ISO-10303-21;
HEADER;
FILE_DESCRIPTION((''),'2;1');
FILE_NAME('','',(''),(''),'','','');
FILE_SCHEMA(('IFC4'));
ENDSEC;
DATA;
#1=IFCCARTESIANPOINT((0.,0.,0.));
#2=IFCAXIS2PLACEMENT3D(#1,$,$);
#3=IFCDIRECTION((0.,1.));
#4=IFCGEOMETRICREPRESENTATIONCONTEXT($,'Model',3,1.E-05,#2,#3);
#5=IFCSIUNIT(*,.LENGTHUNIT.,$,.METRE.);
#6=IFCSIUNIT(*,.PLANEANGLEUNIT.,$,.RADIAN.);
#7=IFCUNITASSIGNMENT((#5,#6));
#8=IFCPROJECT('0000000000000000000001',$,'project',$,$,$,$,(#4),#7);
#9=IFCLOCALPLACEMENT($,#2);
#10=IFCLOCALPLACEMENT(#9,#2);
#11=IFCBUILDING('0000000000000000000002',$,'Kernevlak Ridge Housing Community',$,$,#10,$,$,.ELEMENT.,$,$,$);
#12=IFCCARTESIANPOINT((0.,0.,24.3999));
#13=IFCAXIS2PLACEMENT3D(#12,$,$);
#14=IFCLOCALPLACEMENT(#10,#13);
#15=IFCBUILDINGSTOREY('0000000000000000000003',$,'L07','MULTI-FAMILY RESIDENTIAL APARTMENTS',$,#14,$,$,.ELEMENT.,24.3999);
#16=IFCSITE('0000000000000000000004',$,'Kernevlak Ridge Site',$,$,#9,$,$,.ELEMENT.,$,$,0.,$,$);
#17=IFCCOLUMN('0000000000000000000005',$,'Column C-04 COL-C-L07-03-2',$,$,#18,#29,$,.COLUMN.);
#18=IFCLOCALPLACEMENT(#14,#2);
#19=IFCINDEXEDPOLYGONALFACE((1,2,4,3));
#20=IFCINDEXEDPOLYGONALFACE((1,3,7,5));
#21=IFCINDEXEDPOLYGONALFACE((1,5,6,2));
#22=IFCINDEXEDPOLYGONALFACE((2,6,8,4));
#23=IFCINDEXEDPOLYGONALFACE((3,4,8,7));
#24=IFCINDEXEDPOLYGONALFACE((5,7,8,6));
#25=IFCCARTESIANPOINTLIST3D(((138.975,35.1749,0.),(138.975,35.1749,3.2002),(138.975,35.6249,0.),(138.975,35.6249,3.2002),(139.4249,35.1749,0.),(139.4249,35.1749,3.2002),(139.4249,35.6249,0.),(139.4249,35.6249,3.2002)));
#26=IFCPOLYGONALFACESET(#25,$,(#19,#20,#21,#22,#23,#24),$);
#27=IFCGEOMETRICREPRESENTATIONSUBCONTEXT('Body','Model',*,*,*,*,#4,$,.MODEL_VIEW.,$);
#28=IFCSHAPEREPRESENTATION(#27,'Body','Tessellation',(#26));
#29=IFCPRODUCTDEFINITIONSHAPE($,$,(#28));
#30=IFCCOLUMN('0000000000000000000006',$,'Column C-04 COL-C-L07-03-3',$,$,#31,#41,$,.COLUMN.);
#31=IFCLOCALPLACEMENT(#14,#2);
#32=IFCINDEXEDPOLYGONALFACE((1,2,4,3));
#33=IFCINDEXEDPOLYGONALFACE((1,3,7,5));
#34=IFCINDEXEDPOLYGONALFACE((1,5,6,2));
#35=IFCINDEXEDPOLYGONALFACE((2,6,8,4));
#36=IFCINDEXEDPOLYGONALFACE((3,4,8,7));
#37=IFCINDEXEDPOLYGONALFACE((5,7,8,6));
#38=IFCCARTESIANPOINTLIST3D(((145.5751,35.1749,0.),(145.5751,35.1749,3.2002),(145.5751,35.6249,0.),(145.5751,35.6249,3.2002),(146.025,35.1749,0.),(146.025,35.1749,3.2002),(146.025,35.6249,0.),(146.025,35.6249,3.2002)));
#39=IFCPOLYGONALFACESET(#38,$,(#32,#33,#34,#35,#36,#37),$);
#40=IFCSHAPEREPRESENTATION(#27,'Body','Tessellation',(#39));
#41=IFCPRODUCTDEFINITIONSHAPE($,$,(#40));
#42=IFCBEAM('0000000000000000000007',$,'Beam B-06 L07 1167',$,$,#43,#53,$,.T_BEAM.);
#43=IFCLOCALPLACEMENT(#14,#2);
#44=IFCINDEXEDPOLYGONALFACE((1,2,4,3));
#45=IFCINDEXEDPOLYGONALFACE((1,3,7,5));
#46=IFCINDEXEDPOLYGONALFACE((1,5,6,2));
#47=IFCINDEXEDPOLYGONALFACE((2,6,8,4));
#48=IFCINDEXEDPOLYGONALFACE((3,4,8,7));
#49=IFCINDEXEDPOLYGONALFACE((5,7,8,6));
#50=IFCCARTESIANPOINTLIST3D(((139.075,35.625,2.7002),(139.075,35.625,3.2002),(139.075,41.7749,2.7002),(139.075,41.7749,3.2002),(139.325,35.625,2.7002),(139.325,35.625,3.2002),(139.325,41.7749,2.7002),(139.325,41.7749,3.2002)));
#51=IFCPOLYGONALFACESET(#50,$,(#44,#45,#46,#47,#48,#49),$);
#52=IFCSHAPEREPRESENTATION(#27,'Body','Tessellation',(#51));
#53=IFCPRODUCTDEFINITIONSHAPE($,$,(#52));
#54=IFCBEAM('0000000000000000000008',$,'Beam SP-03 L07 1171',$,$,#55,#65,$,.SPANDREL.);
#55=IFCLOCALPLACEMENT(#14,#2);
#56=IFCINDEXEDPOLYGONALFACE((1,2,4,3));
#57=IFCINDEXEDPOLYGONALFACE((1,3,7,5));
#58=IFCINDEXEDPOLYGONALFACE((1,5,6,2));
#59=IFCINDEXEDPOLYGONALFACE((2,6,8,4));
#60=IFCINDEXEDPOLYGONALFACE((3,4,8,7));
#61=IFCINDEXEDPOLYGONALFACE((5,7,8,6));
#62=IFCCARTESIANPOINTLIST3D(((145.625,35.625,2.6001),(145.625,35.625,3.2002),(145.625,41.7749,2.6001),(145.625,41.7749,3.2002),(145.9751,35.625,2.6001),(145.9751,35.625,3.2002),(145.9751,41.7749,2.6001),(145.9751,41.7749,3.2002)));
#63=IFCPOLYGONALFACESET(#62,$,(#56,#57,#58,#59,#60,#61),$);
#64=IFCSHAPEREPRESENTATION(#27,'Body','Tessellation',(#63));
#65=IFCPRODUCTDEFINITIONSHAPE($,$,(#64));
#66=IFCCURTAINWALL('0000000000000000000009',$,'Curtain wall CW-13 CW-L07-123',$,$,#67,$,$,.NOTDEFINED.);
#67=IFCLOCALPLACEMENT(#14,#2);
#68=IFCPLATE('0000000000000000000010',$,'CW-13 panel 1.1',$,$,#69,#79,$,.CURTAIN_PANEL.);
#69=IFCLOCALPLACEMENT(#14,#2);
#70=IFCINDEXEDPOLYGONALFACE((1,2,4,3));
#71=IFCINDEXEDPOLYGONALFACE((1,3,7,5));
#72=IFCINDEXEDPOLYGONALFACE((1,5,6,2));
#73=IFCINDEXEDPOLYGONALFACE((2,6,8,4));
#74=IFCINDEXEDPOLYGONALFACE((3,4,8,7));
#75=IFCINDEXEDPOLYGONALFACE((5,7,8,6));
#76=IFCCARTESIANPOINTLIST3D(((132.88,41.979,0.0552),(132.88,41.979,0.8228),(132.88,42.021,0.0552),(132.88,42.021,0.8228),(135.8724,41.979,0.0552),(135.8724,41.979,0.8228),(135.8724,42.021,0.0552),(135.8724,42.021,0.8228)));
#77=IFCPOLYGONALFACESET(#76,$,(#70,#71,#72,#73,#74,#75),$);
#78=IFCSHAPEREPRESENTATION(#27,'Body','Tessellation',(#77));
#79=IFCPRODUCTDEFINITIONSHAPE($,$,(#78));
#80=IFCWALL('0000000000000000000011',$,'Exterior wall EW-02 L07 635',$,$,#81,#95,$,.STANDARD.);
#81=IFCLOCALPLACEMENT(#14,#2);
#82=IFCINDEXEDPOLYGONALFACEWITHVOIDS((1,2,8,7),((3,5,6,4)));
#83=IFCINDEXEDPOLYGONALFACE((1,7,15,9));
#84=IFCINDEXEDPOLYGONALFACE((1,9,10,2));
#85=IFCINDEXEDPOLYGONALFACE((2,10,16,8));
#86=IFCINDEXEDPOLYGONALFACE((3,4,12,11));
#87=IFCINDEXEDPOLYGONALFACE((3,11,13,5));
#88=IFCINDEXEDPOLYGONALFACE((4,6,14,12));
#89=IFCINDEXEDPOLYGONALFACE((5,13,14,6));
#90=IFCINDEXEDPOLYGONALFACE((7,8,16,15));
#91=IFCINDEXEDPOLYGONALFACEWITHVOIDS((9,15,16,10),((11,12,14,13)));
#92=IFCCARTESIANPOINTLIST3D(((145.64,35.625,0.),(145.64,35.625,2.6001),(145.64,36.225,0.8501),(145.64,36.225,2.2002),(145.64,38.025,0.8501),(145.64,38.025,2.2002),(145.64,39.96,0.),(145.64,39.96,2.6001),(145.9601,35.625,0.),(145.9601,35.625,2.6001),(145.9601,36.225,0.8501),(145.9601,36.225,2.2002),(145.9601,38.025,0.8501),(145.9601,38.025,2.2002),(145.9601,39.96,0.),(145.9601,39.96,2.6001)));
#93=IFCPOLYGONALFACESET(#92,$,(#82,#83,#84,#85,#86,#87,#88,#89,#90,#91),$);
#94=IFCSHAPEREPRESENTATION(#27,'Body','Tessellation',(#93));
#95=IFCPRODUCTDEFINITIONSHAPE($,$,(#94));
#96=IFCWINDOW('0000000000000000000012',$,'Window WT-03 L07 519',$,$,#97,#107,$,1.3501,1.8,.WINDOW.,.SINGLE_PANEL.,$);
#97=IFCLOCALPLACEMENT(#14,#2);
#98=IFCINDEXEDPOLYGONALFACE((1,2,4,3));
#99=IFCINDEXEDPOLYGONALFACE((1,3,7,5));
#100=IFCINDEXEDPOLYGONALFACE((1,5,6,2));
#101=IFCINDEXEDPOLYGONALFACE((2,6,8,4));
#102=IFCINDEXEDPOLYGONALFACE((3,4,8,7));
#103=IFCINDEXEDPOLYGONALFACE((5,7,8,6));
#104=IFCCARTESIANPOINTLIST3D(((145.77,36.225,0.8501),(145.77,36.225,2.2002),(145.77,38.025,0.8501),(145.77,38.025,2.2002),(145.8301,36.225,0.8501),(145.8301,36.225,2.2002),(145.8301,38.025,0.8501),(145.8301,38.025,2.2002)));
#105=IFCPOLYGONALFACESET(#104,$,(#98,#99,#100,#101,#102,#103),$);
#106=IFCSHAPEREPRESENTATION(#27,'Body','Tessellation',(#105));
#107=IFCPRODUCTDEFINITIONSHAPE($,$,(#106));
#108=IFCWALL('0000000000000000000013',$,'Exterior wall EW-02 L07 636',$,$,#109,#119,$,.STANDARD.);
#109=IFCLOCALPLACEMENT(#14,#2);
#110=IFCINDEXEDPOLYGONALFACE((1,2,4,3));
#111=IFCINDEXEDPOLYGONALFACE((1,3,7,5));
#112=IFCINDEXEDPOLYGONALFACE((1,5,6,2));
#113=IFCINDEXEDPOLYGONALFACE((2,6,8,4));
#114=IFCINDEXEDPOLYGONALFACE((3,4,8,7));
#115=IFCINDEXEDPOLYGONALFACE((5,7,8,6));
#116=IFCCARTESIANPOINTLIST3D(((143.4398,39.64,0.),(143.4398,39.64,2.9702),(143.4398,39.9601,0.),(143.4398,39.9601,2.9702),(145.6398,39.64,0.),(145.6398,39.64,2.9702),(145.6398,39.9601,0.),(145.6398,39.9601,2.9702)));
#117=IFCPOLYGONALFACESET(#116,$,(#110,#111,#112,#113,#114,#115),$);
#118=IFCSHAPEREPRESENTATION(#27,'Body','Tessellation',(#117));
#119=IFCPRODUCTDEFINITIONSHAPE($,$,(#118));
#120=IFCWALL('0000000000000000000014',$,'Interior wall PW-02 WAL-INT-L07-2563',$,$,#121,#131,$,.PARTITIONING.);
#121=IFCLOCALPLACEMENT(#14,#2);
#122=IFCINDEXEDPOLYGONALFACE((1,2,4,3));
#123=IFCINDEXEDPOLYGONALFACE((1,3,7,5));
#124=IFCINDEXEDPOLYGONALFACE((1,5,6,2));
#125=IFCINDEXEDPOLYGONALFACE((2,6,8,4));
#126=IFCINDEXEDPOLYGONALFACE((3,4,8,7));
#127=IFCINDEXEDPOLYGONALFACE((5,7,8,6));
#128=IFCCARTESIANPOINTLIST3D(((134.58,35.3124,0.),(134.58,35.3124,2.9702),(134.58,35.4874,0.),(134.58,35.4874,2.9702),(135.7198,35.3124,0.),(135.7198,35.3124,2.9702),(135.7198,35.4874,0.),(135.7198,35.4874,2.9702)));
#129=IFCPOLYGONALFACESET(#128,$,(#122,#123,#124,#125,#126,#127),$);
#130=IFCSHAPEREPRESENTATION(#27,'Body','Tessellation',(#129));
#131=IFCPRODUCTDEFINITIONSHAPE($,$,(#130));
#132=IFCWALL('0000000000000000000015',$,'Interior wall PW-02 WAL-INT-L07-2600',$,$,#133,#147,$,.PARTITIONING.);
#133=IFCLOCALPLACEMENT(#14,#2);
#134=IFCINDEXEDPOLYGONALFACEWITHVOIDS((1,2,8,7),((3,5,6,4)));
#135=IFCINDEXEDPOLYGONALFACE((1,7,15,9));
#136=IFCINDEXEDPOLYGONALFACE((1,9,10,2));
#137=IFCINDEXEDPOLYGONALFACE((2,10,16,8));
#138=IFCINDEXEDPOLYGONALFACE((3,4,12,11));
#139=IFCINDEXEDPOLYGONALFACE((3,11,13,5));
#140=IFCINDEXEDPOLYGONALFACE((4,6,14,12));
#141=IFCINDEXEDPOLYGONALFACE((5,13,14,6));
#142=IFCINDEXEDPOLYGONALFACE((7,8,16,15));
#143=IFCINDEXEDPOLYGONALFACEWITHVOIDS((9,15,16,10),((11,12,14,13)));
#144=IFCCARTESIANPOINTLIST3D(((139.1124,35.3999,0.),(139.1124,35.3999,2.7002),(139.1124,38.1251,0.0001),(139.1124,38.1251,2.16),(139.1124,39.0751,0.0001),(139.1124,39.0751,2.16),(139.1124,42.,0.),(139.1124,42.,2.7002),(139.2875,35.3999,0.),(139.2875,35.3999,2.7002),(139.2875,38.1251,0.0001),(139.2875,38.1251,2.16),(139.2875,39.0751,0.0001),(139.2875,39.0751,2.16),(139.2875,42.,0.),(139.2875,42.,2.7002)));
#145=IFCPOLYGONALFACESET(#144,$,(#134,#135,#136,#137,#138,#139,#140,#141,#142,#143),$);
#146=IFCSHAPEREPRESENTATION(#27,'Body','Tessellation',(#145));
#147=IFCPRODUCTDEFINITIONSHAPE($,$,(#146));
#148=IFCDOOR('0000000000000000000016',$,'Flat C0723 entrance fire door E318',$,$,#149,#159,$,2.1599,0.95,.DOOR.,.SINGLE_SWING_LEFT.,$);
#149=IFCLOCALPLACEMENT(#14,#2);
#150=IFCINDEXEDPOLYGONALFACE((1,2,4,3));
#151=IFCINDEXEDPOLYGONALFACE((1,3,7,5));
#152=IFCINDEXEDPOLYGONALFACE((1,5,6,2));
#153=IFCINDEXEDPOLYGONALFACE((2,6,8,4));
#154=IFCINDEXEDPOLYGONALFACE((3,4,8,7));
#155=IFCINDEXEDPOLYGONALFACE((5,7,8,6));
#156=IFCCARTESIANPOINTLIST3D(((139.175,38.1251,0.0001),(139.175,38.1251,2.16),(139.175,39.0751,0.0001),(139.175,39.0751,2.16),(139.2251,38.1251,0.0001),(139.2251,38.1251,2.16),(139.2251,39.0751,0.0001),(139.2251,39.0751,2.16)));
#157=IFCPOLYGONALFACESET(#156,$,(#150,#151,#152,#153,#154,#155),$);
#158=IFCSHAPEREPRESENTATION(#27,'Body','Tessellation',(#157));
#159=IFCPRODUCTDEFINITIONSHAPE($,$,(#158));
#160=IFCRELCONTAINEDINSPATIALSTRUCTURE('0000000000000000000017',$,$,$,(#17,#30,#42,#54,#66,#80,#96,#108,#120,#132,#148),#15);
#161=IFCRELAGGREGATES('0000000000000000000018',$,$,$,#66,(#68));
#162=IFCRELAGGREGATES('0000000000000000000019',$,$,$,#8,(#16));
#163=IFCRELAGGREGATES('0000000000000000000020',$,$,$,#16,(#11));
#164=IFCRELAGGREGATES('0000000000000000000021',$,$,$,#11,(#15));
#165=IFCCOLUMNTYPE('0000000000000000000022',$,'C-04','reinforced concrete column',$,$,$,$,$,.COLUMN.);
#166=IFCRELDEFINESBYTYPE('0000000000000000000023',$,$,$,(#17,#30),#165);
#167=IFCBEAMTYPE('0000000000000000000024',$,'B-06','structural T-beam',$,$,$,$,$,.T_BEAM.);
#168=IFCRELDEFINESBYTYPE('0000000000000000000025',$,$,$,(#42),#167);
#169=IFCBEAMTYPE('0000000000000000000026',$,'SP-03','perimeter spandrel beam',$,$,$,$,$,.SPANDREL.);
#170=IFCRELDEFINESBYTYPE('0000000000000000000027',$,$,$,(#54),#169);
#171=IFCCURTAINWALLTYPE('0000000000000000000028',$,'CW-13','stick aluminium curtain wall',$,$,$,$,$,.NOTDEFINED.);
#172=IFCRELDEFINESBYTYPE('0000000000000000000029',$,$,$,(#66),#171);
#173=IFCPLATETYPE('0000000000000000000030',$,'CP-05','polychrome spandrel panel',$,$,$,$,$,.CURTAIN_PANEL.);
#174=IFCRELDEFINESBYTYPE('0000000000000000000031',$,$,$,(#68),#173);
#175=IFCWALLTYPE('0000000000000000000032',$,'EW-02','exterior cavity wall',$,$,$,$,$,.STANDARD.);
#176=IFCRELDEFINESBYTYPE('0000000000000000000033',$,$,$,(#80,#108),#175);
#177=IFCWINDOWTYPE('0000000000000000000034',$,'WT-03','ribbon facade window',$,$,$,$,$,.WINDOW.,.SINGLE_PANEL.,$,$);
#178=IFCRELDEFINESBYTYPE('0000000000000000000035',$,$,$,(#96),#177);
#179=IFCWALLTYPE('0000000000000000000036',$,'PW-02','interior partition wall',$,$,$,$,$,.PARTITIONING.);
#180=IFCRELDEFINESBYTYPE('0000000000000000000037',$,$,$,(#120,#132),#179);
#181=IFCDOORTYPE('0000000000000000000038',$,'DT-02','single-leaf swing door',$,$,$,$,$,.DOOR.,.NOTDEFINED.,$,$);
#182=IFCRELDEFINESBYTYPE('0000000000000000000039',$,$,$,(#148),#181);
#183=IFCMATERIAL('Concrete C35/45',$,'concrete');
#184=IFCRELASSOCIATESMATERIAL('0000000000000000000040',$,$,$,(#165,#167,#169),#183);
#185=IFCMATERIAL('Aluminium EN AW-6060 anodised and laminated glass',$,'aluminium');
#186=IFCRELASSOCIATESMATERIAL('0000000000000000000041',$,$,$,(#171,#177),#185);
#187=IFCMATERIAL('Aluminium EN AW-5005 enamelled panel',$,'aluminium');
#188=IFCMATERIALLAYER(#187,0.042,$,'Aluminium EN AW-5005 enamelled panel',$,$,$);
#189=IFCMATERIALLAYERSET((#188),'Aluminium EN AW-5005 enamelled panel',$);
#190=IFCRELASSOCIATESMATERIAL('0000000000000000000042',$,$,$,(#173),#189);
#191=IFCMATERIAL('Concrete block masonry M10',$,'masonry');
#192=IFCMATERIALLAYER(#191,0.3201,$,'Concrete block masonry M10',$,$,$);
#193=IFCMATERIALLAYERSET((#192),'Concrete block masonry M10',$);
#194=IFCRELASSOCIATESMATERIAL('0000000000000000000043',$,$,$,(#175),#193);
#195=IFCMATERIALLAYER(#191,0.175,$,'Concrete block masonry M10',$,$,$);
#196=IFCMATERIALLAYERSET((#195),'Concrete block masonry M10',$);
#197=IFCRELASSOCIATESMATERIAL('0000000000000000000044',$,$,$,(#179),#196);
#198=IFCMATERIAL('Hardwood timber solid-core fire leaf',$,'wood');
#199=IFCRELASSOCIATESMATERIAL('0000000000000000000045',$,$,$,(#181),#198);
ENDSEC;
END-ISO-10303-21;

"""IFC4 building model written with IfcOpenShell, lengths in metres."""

from ifc_helpers import new_model, si_unit, direction, frame, frame_2d, origin, origin_2d, place, context, subcontext, project, spatial, rectangle, extrude, material, layer, layer_set, material_profile, profile_set, type_object, element, fill, aggregate, save


model = new_model("IFC4")

# Units and contexts
model_context = context("Model", 3, precision=1e-05, world=origin(), true_north=direction((0.0, 1.0)))
body_context = subcontext(model_context, "Body", "Model", "MODEL_VIEW")
ifc_project = project(units=[si_unit("LENGTHUNIT", "METRE"), si_unit("PLANEANGLEUNIT", "RADIAN")], contexts=[model_context])

# Site, building, storey
site_placement = place(None, origin())
site = spatial("IfcSite", under=ifc_project, at=site_placement, Name="Kernevlak Ridge Site", CompositionType="ELEMENT", RefElevation=0.0)
building_placement = place(site_placement, origin())
building = spatial("IfcBuilding", under=site, at=building_placement, Name="Kernevlak Ridge Housing Community", CompositionType="ELEMENT")
storey_placement = place(building_placement, frame((0.0, 0.0, 24.3999)))
storey = spatial("IfcBuildingStorey", under=building, at=storey_placement, Name="L07", Description="MULTI-FAMILY RESIDENTIAL APARTMENTS", CompositionType="ELEMENT", Elevation=24.3999)

# Columns
ifc_material_1 = material(Name="Concrete C35/45", Category="concrete")
ifc_material_profile_1 = material_profile(ifc_material_1, rectangle(XDim=0.45, YDim=0.45, at=origin_2d()), Name="RC 450x450")
ifc_profile_set_1 = profile_set([ifc_material_profile_1], Name="Concrete C35/45")
column_type = type_object("IfcColumnType", Name="C-04", Description="reinforced concrete column", PredefinedType="COLUMN", material=ifc_profile_set_1)
for number, where, z_axis, x_axis, name in (
    (1, (139.2, 35.3999, 0.0), (0.0, 0.0, 1.0), (1.0, 0.0, 0.0), "Column C-04 COL-C-L07-03-2"),
    (2, (145.8, 35.3999, 0.0), (0.0, 0.0, 1.0), (1.0, 0.0, 0.0), "Column C-04 COL-C-L07-03-3"),
):
    element("IfcColumn", number, at=place(storey_placement, frame(where, z_axis=z_axis, x_axis=x_axis)), inside=storey, type_object=column_type, Name=name, PredefinedType="COLUMN", context=body_context, shape_type="SweptSolid", body=[
        extrude(rectangle(XDim=0.45, YDim=0.45, at=origin_2d()), origin(), (0.0, 0.0, 1.0), 3.2002),
    ])

# Beams
ifc_material_profile_2 = material_profile(ifc_material_1, rectangle(XDim=0.25, YDim=0.5, at=origin_2d()), Name="RC 250x500")
ifc_profile_set_2 = profile_set([ifc_material_profile_2], Name="Concrete C35/45")
beam_type_1 = type_object("IfcBeamType", Name="B-06", Description="structural T-beam", PredefinedType="T_BEAM", material=ifc_profile_set_2)
beam_1_placement = place(storey_placement, frame((139.2, 35.625, 2.9502), z_axis=(0.0, 1.0, 0.0), x_axis=(-1.0, 0.0, 0.0)))
element("IfcBeam", 3, at=beam_1_placement, inside=storey, type_object=beam_type_1, Name="Beam B-06 L07 1167", PredefinedType="T_BEAM", context=body_context, shape_type="SweptSolid", body=[
    extrude(rectangle(XDim=0.25, YDim=0.5, at=origin_2d()), origin(), (0.0, 0.0, 1.0), 6.1499),
])
ifc_material_profile_3 = material_profile(ifc_material_1, rectangle(XDim=0.3501, YDim=0.6001, at=origin_2d()), Name="RC 350x600")
ifc_profile_set_3 = profile_set([ifc_material_profile_3], Name="Concrete C35/45")
beam_type_2 = type_object("IfcBeamType", Name="SP-03", Description="perimeter spandrel beam", PredefinedType="SPANDREL", material=ifc_profile_set_3)
beam_2_placement = place(storey_placement, frame((145.8, 35.625, 2.9001), z_axis=(0.0, 1.0, 0.0), x_axis=(-1.0, 0.0, 0.0)))
element("IfcBeam", 4, at=beam_2_placement, inside=storey, type_object=beam_type_2, Name="Beam SP-03 L07 1171", PredefinedType="SPANDREL", context=body_context, shape_type="SweptSolid", body=[
    extrude(rectangle(XDim=0.3501, YDim=0.6001, at=origin_2d()), origin(), (0.0, 0.0, 1.0), 6.1499),
])

# Curtain wall, plate
ifc_material_2 = material(Name="Aluminium EN AW-6060 anodised and laminated glass", Category="aluminium")
curtain_wall_type = type_object("IfcCurtainWallType", Name="CW-13", Description="stick aluminium curtain wall", PredefinedType="NOTDEFINED", material=ifc_material_2)
curtain_wall_placement = place(storey_placement, origin())
curtain_wall = element("IfcCurtainWall", 5, at=curtain_wall_placement, inside=storey, type_object=curtain_wall_type, Name="Curtain wall CW-13 CW-L07-123", PredefinedType="NOTDEFINED")
ifc_material_3 = material(Name="Aluminium EN AW-5005 enamelled panel", Category="aluminium")
ifc_layer_1 = layer(ifc_material_3, 0.042, Name="Aluminium EN AW-5005 enamelled panel")
ifc_layer_set_1 = layer_set([ifc_layer_1], Name="Aluminium EN AW-5005 enamelled panel")
plate_type = type_object("IfcPlateType", Name="CP-05", Description="polychrome spandrel panel", PredefinedType="CURTAIN_PANEL", material=ifc_layer_set_1)
plate_placement = place(storey_placement, frame((134.3762, 42.0, 0.0552), z_axis=(0.0, 0.0, 1.0), x_axis=(1.0, 0.0, 0.0)))
plate = element("IfcPlate", 6, at=plate_placement, type_object=plate_type, Name="CW-13 panel 1.1", PredefinedType="CURTAIN_PANEL", context=body_context, shape_type="SweptSolid", body=[
    extrude(rectangle(XDim=2.9924, YDim=0.042, at=origin_2d()), origin(), (0.0, 0.0, 1.0), 0.7676),
])
aggregate(curtain_wall, [plate])

# Wall, opening, window
ifc_material_4 = material(Name="Concrete block masonry M10", Category="masonry")
ifc_layer_2 = layer(ifc_material_4, 0.3201, Name="Concrete block masonry M10")
ifc_layer_set_2 = layer_set([ifc_layer_2], Name="Concrete block masonry M10")
wall_type_1 = type_object("IfcWallType", Name="EW-02", Description="exterior cavity wall", PredefinedType="STANDARD", material=ifc_layer_set_2)
wall_1_placement = place(storey_placement, frame((145.8, 35.625, 0.0), z_axis=(0.0, 0.0, 1.0), x_axis=(0.0, 1.0, 0.0)))
wall_1 = element("IfcWall", 7, at=wall_1_placement, inside=storey, type_object=wall_type_1, Name="Exterior wall EW-02 L07 635", PredefinedType="STANDARD", context=body_context, shape_type="SweptSolid", body=[
    extrude(rectangle(XDim=4.335, YDim=0.3201, at=frame_2d((2.1675, 0.0))), origin(), (0.0, 0.0, 1.0), 2.6001),
])
opening_1_placement = place(wall_1_placement, frame((0.6001, 0.0, 0.8501)))
opening_1 = element("IfcOpeningElement", 8, at=opening_1_placement, cuts=wall_1, PredefinedType="OPENING", context=body_context, shape_type="SweptSolid", body=[
    extrude(rectangle(XDim=1.8, YDim=1.3501, at=frame_2d((0.8999, 0.675))), frame((0.0, 0.1699, 0.0), z_axis=(0.0, -1.0, 0.0), x_axis=(1.0, 0.0, 0.0)), (0.0, 0.0, 1.0), 0.3401),
])
window_type = type_object("IfcWindowType", Name="WT-03", Description="ribbon facade window", PartitioningType="SINGLE_PANEL", PredefinedType="WINDOW", material=ifc_material_2)
window_placement = place(opening_1_placement, origin())
window = element("IfcWindow", 9, at=window_placement, inside=storey, type_object=window_type, Name="Window WT-03 L07 519", OverallHeight=1.3501, OverallWidth=1.8, PartitioningType="SINGLE_PANEL", PredefinedType="WINDOW", context=body_context, shape_type="SweptSolid", body=[
    extrude(rectangle(XDim=1.8, YDim=1.3501, at=frame_2d((0.8999, 0.675))), frame((0.0, 0.03, 0.0), z_axis=(0.0, -1.0, 0.0), x_axis=(1.0, 0.0, 0.0)), (0.0, 0.0, 1.0), 0.0601),
])
fill(opening_1, window)

# Wall
wall_2_placement = place(storey_placement, frame((145.6399, 39.8, 0.0), z_axis=(0.0, 0.0, 1.0), x_axis=(-1.0, 0.0, 0.0)))
element("IfcWall", 10, at=wall_2_placement, inside=storey, type_object=wall_type_1, Name="Exterior wall EW-02 L07 636", PredefinedType="STANDARD", context=body_context, shape_type="SweptSolid", body=[
    extrude(rectangle(XDim=2.2, YDim=0.3201, at=frame_2d((1.1001, 0.0))), origin(), (0.0, 0.0, 1.0), 2.9702),
])

# Wall
ifc_layer_3 = layer(ifc_material_4, 0.175, Name="Concrete block masonry M10")
ifc_layer_set_3 = layer_set([ifc_layer_3], Name="Concrete block masonry M10")
wall_type_2 = type_object("IfcWallType", Name="PW-02", Description="interior partition wall", PredefinedType="PARTITIONING", material=ifc_layer_set_3)
wall_3_placement = place(storey_placement, frame((134.5801, 35.3999, 0.0), z_axis=(0.0, 0.0, 1.0), x_axis=(1.0, 0.0, 0.0)))
element("IfcWall", 11, at=wall_3_placement, inside=storey, type_object=wall_type_2, Name="Interior wall PW-02 WAL-INT-L07-2563", PredefinedType="PARTITIONING", context=body_context, shape_type="SweptSolid", body=[
    extrude(rectangle(XDim=1.1399, YDim=0.175, at=frame_2d((0.5698, 0.0))), origin(), (0.0, 0.0, 1.0), 2.9702),
])

# Wall, opening, door
wall_4_placement = place(storey_placement, frame((139.2, 35.3999, 0.0), z_axis=(0.0, 0.0, 1.0), x_axis=(0.0, 1.0, 0.0)))
wall_4 = element("IfcWall", 12, at=wall_4_placement, inside=storey, type_object=wall_type_2, Name="Interior wall PW-02 WAL-INT-L07-2600", PredefinedType="PARTITIONING", context=body_context, shape_type="SweptSolid", body=[
    extrude(rectangle(XDim=6.6001, YDim=0.175, at=frame_2d((3.3, 0.0))), origin(), (0.0, 0.0, 1.0), 2.7002),
])
opening_2_placement = place(wall_4_placement, frame((2.7251, 0.0, 0.0)))
opening_2 = element("IfcOpeningElement", 13, at=opening_2_placement, cuts=wall_4, PredefinedType="OPENING", context=body_context, shape_type="SweptSolid", body=[
    extrude(rectangle(XDim=0.95, YDim=2.1599, at=frame_2d((0.4751, 1.0801))), frame((0.0, 0.0974, 0.0), z_axis=(0.0, -1.0, 0.0), x_axis=(1.0, 0.0, 0.0)), (0.0, 0.0, 1.0), 0.1951),
])
ifc_material_5 = material(Name="Hardwood timber solid-core fire leaf", Category="wood")
door_type_1 = type_object("IfcDoorType", Name="DT-02", Description="single-leaf swing door", OperationType="NOTDEFINED", PredefinedType="DOOR", material=ifc_material_5)
door_1_placement = place(opening_2_placement, origin())
door_1 = element("IfcDoor", 14, at=door_1_placement, inside=storey, type_object=door_type_1, Name="Flat C0723 entrance fire door E318", OperationType="SINGLE_SWING_LEFT", OverallHeight=2.1599, OverallWidth=0.95, PredefinedType="DOOR", context=body_context, shape_type="SweptSolid", body=[
    extrude(rectangle(XDim=0.95, YDim=2.1599, at=frame_2d((0.4751, 1.0801))), frame((0.0, 0.0249, 0.0), z_axis=(0.0, -1.0, 0.0), x_axis=(1.0, 0.0, 0.0)), (0.0, 0.0, 1.0), 0.05),
])
fill(opening_2, door_1)

save(model, "model.ifc")
